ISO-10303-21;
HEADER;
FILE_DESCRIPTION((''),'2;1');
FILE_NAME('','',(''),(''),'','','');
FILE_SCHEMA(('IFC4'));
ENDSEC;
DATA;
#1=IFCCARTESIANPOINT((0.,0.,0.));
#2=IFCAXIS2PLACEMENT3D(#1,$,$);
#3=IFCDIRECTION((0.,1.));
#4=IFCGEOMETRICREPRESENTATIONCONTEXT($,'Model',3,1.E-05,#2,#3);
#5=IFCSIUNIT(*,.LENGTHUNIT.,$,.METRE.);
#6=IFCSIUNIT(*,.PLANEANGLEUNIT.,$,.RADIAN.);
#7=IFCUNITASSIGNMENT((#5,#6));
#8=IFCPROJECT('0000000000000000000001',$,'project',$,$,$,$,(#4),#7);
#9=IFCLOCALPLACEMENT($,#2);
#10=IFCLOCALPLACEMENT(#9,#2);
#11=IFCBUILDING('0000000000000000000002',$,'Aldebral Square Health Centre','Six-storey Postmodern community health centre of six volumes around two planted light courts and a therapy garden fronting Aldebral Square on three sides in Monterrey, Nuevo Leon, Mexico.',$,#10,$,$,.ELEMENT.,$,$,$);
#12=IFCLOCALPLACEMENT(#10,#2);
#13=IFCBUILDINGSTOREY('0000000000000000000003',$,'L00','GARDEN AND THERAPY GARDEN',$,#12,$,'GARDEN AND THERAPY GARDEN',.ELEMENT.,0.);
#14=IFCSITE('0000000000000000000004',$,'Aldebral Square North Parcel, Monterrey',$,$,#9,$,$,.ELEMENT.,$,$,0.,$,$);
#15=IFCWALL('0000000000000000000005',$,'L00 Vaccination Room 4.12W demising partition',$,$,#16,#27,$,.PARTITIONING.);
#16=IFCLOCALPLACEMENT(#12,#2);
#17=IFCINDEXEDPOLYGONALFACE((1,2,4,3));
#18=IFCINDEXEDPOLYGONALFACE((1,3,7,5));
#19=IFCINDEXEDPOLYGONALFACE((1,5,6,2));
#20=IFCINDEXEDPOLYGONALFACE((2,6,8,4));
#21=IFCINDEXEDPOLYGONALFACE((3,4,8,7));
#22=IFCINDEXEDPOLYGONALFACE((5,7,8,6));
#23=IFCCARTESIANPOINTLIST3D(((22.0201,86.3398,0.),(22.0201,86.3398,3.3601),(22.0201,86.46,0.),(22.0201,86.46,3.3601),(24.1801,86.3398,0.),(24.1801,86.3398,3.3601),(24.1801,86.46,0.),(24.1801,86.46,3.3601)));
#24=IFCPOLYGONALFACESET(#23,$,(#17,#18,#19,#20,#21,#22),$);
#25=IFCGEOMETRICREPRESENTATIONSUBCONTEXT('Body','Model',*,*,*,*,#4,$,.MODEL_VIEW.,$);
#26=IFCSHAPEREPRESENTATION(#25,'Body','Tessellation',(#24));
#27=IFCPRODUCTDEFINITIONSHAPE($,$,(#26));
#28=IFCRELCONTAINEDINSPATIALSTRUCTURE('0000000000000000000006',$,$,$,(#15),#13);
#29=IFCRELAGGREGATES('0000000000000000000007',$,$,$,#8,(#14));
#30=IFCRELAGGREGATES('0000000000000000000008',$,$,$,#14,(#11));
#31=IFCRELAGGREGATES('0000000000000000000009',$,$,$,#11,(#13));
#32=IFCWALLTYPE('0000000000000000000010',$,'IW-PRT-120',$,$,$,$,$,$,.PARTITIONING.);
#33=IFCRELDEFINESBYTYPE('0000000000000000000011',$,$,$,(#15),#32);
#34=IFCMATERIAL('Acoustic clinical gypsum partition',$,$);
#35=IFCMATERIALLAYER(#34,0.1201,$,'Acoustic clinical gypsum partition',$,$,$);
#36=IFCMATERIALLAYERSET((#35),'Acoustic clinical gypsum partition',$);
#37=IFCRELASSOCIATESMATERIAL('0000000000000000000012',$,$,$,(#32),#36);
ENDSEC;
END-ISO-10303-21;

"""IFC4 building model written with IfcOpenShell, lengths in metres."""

from ifc_helpers import new_model, si_unit, direction, frame, frame_2d, origin, place, context, subcontext, project, spatial, rectangle, extrude, material, layer, layer_set, type_object, element, save


model = new_model("IFC4")

# Units and contexts
model_context = context("Model", 3, precision=1e-05, world=origin(), true_north=direction((0.0, 1.0)))
body_context = subcontext(model_context, "Body", "Model", "MODEL_VIEW")
ifc_project = project(units=[si_unit("LENGTHUNIT", "METRE"), si_unit("PLANEANGLEUNIT", "RADIAN")], contexts=[model_context])

# Site, building, storey
site_placement = place(None, origin())
site = spatial("IfcSite", under=ifc_project, at=site_placement, Name="Aldebral Square North Parcel, Monterrey", CompositionType="ELEMENT", RefElevation=0.0)
building_placement = place(site_placement, origin())
building = spatial("IfcBuilding", under=site, at=building_placement, Name="Aldebral Square Health Centre", Description="Six-storey Postmodern community health centre of six volumes around two planted light courts and a therapy garden fronting Aldebral Square on three sides in Monterrey, Nuevo Leon, Mexico.", CompositionType="ELEMENT")
storey_placement = place(building_placement, origin())
storey = spatial("IfcBuildingStorey", under=building, at=storey_placement, Name="L00", Description="GARDEN AND THERAPY GARDEN", LongName="GARDEN AND THERAPY GARDEN", CompositionType="ELEMENT", Elevation=0.0)

# Wall
ifc_material_1 = material(Name="Acoustic clinical gypsum partition")
ifc_layer_1 = layer(ifc_material_1, 0.1201, Name="Acoustic clinical gypsum partition")
ifc_layer_set_1 = layer_set([ifc_layer_1], Name="Acoustic clinical gypsum partition")
wall_type_1 = type_object("IfcWallType", Name="IW-PRT-120", PredefinedType="PARTITIONING", material=ifc_layer_set_1)
wall_1_placement = place(storey_placement, frame((22.02, 86.3999, 0.0), z_axis=(0.0, 0.0, 1.0), x_axis=(1.0, 0.0, 0.0)))
element("IfcWall", 1, at=wall_1_placement, inside=storey, type_object=wall_type_1, Name="L00 Vaccination Room 4.12W demising partition", PredefinedType="PARTITIONING", context=body_context, shape_type="SweptSolid", body=[
    extrude(rectangle(XDim=2.1599, YDim=0.1201, at=frame_2d((1.0801, 0.0))), origin(), (0.0, 0.0, 1.0), 3.3601),
])

save(model, "model.ifc")
